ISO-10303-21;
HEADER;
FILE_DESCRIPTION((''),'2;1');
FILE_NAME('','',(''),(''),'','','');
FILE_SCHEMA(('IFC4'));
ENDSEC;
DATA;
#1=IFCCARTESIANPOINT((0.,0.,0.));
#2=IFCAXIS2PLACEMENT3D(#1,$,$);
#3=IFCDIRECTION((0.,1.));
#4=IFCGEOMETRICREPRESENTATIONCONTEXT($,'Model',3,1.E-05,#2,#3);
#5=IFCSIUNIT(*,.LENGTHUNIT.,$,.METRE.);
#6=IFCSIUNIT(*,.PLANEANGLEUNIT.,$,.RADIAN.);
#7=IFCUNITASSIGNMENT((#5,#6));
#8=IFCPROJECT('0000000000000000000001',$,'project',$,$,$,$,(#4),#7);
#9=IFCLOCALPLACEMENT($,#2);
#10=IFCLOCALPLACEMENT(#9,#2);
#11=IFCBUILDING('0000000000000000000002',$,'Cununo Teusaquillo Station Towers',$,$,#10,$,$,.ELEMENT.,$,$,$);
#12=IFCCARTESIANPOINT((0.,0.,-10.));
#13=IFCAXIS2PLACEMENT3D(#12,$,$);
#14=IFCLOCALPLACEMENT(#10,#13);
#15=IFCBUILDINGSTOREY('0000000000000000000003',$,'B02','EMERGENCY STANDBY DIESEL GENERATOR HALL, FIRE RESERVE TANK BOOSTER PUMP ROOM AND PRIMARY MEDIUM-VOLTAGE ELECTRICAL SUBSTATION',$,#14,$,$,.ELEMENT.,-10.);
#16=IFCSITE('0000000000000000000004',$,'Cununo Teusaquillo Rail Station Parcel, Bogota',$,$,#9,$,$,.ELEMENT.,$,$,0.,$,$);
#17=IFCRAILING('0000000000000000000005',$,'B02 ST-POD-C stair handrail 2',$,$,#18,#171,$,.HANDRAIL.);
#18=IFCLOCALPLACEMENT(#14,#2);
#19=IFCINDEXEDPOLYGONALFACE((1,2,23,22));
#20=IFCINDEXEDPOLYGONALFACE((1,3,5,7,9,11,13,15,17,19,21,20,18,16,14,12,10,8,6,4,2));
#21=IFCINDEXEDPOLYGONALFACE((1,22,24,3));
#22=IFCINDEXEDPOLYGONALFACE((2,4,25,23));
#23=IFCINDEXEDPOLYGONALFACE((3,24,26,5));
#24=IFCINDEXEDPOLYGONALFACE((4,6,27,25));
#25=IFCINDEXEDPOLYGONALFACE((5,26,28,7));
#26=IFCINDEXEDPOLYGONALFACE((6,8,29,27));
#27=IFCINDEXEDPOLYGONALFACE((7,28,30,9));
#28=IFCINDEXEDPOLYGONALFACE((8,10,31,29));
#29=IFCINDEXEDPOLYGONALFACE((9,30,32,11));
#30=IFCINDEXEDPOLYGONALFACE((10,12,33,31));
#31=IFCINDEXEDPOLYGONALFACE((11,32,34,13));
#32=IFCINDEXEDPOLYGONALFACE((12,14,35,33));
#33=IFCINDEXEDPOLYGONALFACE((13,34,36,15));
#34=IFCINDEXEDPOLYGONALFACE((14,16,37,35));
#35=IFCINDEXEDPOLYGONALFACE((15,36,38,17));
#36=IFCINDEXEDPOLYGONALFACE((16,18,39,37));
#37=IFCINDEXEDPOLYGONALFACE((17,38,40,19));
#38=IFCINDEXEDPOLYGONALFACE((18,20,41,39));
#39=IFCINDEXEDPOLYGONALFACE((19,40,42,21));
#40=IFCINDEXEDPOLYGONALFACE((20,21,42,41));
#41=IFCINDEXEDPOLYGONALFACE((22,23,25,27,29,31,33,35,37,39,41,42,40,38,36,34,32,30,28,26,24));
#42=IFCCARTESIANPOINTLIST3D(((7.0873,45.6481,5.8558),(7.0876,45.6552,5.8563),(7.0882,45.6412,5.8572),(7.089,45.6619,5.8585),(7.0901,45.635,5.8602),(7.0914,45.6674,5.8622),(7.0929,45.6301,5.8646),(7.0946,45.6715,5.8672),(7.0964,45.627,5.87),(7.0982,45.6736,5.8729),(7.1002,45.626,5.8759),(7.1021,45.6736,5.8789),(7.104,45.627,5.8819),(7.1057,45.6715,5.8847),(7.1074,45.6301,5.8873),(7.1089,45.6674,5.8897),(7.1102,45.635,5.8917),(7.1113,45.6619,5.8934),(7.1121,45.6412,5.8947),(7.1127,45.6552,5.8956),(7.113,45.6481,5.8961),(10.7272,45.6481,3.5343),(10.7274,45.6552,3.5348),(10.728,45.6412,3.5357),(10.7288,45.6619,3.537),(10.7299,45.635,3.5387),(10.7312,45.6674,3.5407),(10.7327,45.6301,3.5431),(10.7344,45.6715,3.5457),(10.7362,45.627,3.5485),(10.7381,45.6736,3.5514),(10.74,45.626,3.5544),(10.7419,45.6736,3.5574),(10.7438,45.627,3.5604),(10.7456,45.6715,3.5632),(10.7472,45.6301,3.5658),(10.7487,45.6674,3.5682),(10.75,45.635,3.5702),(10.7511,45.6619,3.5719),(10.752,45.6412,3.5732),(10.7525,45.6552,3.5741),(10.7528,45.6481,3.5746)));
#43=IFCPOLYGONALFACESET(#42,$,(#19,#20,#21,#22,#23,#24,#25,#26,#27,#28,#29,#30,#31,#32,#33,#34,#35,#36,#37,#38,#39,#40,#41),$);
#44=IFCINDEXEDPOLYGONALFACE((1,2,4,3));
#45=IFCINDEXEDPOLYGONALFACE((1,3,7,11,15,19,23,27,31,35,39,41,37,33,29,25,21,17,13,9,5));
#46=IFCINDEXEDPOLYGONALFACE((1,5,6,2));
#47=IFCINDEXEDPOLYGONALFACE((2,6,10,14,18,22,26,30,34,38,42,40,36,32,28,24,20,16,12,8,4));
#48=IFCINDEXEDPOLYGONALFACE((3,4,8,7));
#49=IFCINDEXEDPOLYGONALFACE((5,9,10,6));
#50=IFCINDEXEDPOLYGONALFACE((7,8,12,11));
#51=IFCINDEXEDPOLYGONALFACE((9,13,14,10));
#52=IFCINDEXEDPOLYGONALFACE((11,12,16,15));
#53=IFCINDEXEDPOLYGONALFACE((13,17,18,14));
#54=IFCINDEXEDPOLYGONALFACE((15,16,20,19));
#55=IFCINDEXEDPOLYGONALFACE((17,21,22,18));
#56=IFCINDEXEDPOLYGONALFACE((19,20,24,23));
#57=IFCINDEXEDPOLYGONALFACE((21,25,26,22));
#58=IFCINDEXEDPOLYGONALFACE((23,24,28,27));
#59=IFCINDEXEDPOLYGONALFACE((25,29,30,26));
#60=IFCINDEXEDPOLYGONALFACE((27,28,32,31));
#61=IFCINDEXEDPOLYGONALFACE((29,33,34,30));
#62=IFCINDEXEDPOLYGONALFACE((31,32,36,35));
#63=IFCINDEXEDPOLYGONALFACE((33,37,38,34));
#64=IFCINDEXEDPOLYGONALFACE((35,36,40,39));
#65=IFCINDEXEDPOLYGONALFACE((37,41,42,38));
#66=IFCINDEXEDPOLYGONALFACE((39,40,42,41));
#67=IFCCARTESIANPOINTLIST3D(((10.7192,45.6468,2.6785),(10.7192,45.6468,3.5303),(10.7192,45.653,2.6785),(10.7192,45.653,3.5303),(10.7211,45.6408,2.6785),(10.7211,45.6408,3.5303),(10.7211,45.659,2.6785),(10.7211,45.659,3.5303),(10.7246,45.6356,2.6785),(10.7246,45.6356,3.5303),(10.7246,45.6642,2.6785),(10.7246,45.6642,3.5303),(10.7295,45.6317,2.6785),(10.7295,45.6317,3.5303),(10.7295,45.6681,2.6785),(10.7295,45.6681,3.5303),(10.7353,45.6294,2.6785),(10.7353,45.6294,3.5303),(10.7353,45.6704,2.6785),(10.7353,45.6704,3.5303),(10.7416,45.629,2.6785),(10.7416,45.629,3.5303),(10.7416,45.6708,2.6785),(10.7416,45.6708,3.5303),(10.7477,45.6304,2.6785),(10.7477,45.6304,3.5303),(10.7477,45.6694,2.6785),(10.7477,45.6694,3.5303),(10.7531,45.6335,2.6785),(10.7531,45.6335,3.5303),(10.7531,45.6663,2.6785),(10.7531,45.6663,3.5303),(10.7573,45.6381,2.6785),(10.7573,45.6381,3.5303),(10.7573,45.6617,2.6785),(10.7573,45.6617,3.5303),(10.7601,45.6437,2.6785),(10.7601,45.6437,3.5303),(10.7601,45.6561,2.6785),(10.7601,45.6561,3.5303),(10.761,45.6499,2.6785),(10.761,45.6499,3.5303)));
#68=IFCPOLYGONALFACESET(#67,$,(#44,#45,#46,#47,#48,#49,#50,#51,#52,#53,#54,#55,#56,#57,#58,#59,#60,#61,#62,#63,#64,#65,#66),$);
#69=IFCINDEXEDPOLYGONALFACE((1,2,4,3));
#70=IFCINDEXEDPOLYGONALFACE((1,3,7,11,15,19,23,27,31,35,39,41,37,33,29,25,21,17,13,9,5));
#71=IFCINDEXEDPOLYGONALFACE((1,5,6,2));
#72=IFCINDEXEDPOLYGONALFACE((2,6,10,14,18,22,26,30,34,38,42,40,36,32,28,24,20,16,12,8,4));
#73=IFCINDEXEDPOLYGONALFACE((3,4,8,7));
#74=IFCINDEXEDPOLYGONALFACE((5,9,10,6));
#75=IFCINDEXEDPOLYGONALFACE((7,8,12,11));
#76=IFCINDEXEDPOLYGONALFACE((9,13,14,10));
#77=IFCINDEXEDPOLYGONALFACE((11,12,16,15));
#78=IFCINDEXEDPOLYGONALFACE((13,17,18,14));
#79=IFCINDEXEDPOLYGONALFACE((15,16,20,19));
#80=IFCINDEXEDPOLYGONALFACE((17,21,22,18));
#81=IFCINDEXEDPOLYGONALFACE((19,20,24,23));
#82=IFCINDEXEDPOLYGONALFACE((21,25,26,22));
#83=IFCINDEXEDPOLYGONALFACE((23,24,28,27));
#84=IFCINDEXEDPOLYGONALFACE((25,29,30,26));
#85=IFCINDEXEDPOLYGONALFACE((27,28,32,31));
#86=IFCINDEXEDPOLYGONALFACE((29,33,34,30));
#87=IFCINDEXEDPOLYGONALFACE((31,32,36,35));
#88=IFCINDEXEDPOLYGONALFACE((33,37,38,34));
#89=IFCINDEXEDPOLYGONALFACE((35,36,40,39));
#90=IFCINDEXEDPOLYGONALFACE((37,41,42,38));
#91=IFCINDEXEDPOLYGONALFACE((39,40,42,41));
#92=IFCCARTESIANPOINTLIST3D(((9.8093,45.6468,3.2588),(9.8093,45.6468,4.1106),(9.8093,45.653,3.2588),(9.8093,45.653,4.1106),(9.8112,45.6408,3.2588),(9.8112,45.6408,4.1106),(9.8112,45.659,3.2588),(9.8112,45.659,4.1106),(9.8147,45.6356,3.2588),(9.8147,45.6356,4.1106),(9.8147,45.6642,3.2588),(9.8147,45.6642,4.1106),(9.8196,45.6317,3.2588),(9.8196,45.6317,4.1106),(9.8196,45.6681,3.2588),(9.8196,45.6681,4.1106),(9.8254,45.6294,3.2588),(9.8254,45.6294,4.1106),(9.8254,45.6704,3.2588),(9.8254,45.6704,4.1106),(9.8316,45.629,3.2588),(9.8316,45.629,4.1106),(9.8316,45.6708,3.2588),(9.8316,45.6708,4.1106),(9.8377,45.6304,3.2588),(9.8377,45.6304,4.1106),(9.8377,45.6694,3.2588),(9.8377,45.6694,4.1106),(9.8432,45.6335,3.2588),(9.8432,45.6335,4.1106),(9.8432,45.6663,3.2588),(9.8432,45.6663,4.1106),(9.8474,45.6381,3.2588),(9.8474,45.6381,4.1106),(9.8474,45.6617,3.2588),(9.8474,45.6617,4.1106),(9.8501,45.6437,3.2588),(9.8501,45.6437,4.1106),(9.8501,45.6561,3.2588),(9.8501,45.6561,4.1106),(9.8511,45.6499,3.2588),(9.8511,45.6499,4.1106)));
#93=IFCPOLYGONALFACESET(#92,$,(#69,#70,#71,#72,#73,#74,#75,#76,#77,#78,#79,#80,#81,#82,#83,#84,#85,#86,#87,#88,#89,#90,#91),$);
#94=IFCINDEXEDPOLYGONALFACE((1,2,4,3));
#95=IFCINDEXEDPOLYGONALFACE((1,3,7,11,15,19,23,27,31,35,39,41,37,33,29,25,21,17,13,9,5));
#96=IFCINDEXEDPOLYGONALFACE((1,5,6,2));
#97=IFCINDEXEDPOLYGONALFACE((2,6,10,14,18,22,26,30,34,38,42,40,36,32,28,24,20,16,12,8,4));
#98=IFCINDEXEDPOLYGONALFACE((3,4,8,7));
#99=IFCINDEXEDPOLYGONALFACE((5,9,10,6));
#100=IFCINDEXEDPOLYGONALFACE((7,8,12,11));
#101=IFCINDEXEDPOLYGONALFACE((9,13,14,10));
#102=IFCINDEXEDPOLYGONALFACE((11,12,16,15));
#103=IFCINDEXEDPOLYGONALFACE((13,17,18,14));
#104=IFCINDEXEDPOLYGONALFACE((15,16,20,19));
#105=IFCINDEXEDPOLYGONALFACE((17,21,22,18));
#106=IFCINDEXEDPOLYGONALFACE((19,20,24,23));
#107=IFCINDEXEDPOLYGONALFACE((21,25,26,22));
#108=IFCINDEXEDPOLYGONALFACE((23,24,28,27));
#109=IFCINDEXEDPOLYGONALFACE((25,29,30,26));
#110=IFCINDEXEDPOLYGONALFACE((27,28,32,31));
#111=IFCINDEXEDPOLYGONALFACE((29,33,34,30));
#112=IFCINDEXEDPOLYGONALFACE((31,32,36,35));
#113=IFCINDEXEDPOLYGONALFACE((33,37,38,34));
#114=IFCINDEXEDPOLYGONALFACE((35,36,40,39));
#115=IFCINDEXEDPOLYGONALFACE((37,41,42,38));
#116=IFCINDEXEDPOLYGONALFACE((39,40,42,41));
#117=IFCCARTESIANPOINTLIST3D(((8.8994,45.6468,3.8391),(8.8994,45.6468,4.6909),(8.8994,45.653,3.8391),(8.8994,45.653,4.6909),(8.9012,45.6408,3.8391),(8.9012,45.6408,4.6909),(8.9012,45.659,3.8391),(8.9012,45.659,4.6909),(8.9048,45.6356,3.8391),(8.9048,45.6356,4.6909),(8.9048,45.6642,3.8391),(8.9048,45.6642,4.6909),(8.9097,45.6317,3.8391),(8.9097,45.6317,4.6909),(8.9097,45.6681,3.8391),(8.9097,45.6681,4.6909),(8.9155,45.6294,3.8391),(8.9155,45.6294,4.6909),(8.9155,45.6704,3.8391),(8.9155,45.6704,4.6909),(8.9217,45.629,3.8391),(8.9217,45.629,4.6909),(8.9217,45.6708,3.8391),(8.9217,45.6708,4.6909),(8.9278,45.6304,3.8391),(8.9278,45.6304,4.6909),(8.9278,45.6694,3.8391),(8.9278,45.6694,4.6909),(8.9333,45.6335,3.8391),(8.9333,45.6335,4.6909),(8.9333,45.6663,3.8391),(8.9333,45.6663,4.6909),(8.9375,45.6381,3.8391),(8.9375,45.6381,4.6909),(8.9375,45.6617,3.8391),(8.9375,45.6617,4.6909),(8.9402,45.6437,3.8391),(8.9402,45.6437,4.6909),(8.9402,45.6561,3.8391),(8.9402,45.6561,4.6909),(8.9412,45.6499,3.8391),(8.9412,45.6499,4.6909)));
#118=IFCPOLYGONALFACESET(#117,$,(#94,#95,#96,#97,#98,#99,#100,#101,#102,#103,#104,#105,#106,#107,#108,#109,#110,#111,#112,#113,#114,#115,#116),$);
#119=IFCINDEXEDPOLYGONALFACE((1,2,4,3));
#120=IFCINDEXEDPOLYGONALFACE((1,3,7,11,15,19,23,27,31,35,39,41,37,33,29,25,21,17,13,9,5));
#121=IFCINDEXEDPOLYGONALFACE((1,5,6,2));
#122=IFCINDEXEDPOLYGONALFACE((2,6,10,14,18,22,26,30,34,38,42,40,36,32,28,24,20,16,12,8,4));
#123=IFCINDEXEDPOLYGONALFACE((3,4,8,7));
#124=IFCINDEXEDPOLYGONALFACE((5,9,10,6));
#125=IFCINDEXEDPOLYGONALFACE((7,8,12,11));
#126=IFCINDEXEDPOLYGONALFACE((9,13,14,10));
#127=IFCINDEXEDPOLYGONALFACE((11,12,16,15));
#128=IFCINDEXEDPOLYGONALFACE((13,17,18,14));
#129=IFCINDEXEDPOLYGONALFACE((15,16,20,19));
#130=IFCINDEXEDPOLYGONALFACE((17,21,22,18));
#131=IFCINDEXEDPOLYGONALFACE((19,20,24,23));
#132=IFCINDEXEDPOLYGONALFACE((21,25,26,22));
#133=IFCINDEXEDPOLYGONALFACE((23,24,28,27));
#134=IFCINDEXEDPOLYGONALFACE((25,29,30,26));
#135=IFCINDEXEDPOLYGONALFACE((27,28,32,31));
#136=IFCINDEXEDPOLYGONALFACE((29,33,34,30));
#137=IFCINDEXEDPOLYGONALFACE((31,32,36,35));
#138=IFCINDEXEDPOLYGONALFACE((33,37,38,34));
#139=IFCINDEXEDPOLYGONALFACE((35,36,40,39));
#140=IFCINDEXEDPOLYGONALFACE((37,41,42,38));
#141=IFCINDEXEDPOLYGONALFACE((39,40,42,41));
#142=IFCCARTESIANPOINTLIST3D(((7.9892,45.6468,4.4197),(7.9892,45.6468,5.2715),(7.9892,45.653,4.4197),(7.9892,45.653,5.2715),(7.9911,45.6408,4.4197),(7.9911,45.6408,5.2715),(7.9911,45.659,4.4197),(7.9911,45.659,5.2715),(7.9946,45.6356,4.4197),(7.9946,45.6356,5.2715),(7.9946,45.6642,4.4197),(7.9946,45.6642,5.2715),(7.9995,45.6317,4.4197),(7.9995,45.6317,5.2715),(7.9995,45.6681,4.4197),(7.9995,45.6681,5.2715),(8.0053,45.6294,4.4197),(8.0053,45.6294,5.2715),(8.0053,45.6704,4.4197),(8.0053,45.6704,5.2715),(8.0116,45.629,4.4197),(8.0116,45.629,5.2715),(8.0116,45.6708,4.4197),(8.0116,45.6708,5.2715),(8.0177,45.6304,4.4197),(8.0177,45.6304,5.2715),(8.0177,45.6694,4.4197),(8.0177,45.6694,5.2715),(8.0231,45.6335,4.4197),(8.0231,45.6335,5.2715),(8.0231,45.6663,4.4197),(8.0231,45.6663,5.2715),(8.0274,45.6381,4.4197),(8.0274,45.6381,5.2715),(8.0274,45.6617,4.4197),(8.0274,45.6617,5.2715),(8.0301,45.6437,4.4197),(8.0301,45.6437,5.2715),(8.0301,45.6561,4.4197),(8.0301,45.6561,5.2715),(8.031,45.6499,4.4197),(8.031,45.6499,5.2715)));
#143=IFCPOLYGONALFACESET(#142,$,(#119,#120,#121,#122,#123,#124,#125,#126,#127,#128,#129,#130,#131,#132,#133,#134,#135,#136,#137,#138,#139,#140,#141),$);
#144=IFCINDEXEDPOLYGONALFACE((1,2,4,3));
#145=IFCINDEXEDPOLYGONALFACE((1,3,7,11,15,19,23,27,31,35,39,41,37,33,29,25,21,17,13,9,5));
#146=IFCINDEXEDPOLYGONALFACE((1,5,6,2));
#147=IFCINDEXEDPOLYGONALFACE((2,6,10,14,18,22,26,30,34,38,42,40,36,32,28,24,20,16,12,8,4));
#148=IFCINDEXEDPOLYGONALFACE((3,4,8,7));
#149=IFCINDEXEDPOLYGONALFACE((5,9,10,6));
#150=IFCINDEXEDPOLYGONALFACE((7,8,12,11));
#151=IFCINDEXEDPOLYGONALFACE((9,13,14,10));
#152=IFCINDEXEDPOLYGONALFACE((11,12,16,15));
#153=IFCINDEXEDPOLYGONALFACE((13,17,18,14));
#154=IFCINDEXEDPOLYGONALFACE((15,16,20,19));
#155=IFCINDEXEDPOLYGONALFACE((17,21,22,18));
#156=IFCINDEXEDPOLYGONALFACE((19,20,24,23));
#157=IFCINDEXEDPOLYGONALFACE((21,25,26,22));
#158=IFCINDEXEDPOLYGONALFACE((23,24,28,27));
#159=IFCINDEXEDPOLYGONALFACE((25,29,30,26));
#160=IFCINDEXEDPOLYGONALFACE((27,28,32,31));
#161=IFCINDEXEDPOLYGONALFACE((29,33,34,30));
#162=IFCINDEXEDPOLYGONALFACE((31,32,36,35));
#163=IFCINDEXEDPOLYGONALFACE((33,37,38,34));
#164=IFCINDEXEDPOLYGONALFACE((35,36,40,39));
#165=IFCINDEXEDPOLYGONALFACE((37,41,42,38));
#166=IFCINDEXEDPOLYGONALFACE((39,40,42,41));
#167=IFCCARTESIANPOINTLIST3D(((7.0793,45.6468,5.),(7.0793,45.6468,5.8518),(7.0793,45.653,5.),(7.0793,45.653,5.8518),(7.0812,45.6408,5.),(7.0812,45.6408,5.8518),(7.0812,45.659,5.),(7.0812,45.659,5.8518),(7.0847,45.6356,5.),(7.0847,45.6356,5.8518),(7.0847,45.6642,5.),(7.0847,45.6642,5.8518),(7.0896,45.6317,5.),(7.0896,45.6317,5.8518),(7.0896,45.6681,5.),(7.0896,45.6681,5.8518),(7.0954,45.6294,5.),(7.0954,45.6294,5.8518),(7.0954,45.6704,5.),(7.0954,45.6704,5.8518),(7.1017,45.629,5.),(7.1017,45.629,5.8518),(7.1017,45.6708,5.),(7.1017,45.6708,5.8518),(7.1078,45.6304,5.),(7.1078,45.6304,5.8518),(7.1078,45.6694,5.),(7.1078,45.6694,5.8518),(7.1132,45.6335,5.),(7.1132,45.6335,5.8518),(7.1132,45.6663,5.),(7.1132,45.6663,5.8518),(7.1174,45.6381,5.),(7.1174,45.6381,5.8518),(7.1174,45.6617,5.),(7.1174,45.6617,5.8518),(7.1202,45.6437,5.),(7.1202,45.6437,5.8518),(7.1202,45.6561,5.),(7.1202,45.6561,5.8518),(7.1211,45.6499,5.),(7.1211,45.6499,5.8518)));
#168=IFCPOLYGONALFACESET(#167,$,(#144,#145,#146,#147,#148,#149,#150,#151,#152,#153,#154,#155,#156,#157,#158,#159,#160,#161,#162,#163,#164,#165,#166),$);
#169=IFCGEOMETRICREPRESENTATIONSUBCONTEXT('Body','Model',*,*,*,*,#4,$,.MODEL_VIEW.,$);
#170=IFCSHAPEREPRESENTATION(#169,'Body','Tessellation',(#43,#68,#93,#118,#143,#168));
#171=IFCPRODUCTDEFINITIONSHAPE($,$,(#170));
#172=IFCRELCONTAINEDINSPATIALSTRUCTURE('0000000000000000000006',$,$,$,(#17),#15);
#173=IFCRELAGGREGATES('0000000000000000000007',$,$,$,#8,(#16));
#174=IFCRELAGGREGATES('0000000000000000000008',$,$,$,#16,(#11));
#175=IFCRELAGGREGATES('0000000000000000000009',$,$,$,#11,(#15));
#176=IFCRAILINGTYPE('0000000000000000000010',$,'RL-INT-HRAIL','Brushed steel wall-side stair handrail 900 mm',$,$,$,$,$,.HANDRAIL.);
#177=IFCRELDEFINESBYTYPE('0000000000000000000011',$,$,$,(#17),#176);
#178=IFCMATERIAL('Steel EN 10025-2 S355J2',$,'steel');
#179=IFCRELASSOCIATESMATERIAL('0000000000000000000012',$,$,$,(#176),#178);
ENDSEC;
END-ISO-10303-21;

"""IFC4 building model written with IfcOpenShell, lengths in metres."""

from ifc_helpers import new_model, si_unit, direction, frame, origin, origin_2d, place, context, subcontext, project, spatial, circle, extrude, material, type_object, element, save


model = new_model("IFC4")

# Units and contexts
model_context = context("Model", 3, precision=1e-05, world=origin(), true_north=direction((0.0, 1.0)))
body_context = subcontext(model_context, "Body", "Model", "MODEL_VIEW")
ifc_project = project(units=[si_unit("LENGTHUNIT", "METRE"), si_unit("PLANEANGLEUNIT", "RADIAN")], contexts=[model_context])

# Site, building, storey
site_placement = place(None, origin())
site = spatial("IfcSite", under=ifc_project, at=site_placement, Name="Cununo Teusaquillo Rail Station Parcel, Bogota", CompositionType="ELEMENT", RefElevation=0.0)
building_placement = place(site_placement, origin())
building = spatial("IfcBuilding", under=site, at=building_placement, Name="Cununo Teusaquillo Station Towers", CompositionType="ELEMENT")
storey_placement = place(building_placement, frame((0.0, 0.0, -10.0)))
storey = spatial("IfcBuildingStorey", under=building, at=storey_placement, Name="B02", Description="EMERGENCY STANDBY DIESEL GENERATOR HALL, FIRE RESERVE TANK BOOSTER PUMP ROOM AND PRIMARY MEDIUM-VOLTAGE ELECTRICAL SUBSTATION", CompositionType="ELEMENT", Elevation=-10.0)

# Railing
ifc_material_1 = material(Name="Steel EN 10025-2 S355J2", Category="steel")
railing_type_1 = type_object("IfcRailingType", Name="RL-INT-HRAIL", Description="Brushed steel wall-side stair handrail 900 mm", PredefinedType="HANDRAIL", material=ifc_material_1)
railing_1_placement = place(storey_placement, frame((10.74, 45.6499, 2.6785)))
element("IfcRailing", 1, at=railing_1_placement, inside=storey, type_object=railing_type_1, Name="B02 ST-POD-C stair handrail 2", PredefinedType="HANDRAIL", context=body_context, shape_type="SweptSolid", body=[
    extrude(circle(Radius=0.0239, at=origin_2d()), frame((0.0, 0.0, 0.876), z_axis=(-0.843112, 0.0, 0.537739), x_axis=(0.0, -1.0, 0.0)), (0.0, 0.0, 1.0), 4.3171),
    extrude(circle(Radius=0.021, at=origin_2d()), origin(), (0.0, 0.0, 1.0), 0.8518),
    extrude(circle(Radius=0.021, at=origin_2d()), frame((-0.9099, 0.0, 0.5803)), (0.0, 0.0, 1.0), 0.8518),
    extrude(circle(Radius=0.021, at=origin_2d()), frame((-1.8198, 0.0, 1.1606)), (0.0, 0.0, 1.0), 0.8518),
    extrude(circle(Radius=0.021, at=origin_2d()), frame((-2.73, 0.0, 1.7412)), (0.0, 0.0, 1.0), 0.8518),
    extrude(circle(Radius=0.021, at=origin_2d()), frame((-3.6399, 0.0, 2.3215)), (0.0, 0.0, 1.0), 0.8518),
])

save(model, "model.ifc")
